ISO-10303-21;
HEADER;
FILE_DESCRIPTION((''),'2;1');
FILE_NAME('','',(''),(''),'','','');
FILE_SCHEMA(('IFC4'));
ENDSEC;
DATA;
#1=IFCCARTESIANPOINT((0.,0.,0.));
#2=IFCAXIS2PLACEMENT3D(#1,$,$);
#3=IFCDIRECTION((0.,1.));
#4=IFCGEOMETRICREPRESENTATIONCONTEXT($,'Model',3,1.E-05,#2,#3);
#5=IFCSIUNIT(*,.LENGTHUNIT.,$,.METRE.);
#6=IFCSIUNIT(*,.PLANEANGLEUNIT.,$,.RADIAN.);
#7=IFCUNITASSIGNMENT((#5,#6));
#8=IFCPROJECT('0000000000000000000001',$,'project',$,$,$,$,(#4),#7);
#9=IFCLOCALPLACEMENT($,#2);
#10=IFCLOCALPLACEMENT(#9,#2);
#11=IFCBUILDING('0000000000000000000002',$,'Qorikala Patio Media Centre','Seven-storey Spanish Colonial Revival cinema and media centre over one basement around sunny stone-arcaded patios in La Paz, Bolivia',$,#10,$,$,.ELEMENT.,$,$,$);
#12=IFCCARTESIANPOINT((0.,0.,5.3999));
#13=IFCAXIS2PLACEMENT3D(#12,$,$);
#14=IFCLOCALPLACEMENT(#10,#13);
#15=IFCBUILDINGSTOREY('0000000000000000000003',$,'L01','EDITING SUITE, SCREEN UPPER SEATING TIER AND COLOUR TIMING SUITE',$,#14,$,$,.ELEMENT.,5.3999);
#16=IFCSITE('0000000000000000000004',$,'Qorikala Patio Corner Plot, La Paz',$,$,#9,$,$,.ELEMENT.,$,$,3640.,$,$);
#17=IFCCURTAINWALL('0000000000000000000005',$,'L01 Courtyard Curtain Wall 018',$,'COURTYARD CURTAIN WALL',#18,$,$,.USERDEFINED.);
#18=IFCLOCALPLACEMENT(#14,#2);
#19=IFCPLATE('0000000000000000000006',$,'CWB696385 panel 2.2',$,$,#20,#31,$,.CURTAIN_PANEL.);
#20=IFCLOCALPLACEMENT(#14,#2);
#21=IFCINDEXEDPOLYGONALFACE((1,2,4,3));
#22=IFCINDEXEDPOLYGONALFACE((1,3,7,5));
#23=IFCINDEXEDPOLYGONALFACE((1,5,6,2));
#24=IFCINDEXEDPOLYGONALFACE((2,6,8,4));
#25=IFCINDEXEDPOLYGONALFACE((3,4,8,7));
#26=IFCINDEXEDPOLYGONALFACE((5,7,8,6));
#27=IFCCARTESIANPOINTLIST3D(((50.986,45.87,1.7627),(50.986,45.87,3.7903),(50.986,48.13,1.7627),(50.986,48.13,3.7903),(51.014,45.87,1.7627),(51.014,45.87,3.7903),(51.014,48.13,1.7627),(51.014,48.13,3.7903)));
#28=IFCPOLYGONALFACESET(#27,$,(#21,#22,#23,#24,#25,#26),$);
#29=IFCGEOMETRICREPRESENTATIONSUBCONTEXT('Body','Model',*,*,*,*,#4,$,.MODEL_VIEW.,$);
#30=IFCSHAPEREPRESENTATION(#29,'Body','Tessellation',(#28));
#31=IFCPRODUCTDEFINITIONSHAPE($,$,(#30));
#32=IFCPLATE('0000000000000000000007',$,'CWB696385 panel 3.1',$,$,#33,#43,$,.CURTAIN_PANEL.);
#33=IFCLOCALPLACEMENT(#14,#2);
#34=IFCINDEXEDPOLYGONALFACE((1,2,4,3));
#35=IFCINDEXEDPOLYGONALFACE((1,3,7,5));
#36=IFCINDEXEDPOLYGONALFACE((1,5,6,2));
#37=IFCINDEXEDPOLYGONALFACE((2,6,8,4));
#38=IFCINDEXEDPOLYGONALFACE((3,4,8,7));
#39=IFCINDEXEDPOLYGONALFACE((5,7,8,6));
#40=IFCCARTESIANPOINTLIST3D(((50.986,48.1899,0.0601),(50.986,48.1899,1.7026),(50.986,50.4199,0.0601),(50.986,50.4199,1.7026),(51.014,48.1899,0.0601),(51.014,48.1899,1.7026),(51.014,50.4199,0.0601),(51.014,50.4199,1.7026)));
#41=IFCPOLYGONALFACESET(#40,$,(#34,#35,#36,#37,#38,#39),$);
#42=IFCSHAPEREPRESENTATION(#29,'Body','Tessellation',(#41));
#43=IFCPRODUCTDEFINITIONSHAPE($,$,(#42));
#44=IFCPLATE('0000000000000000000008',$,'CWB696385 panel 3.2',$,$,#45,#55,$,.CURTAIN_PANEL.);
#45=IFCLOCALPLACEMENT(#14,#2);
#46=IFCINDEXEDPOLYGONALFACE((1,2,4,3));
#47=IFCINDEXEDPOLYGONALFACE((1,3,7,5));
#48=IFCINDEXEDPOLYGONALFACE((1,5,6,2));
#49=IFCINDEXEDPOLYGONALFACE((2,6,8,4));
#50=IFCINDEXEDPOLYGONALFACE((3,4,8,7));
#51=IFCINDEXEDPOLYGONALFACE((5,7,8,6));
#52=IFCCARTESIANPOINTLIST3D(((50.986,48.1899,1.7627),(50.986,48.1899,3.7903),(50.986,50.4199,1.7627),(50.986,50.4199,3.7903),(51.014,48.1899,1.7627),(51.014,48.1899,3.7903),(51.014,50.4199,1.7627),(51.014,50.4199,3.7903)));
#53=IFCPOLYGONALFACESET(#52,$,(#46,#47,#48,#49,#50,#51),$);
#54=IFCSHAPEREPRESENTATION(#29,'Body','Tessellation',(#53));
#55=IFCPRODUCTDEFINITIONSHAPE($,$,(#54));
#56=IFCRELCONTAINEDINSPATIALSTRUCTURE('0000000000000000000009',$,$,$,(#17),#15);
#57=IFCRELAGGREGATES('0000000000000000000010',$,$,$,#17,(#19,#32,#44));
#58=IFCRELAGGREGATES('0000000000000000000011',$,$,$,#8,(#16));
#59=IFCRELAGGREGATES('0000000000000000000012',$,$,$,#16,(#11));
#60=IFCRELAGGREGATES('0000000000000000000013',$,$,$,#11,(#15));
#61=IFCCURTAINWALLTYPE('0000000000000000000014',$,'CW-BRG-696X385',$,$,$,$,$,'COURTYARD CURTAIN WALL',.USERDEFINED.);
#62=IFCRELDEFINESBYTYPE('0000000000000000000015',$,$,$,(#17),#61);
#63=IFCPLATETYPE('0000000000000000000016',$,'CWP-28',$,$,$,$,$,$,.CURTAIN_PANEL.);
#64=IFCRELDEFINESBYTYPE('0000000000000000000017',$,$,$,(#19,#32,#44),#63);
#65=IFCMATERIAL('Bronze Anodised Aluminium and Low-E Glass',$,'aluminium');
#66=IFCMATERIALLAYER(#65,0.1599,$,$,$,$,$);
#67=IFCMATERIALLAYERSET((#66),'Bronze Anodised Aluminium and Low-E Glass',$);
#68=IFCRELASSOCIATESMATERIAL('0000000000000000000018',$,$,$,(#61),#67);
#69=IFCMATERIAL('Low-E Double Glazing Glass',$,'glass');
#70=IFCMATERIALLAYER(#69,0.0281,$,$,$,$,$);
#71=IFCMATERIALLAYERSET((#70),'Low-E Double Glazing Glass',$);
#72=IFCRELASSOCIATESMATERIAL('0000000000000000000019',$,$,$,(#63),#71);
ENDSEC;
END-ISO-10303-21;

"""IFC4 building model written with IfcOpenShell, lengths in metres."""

from ifc_helpers import new_model, si_unit, direction, frame, origin, origin_2d, place, context, subcontext, project, spatial, rectangle, extrude, material, layer, layer_set, type_object, element, aggregate, save


model = new_model("IFC4")

# Units and contexts
model_context = context("Model", 3, precision=1e-05, world=origin(), true_north=direction((0.0, 1.0)))
body_context = subcontext(model_context, "Body", "Model", "MODEL_VIEW")
ifc_project = project(units=[si_unit("LENGTHUNIT", "METRE"), si_unit("PLANEANGLEUNIT", "RADIAN")], contexts=[model_context])

# Site, building, storey
site_placement = place(None, origin())
site = spatial("IfcSite", under=ifc_project, at=site_placement, Name="Qorikala Patio Corner Plot, La Paz", CompositionType="ELEMENT", RefElevation=3640.0)
building_placement = place(site_placement, origin())
building = spatial("IfcBuilding", under=site, at=building_placement, Name="Qorikala Patio Media Centre", Description="Seven-storey Spanish Colonial Revival cinema and media centre over one basement around sunny stone-arcaded patios in La Paz, Bolivia", CompositionType="ELEMENT")
storey_placement = place(building_placement, frame((0.0, 0.0, 5.3999)))
storey = spatial("IfcBuildingStorey", under=building, at=storey_placement, Name="L01", Description="EDITING SUITE, SCREEN UPPER SEATING TIER AND COLOUR TIMING SUITE", CompositionType="ELEMENT", Elevation=5.3999)

# Curtain wall
ifc_material_1 = material(Name="Bronze Anodised Aluminium and Low-E Glass", Category="aluminium")
ifc_layer_1 = layer(ifc_material_1, 0.1599)
ifc_layer_set_1 = layer_set([ifc_layer_1], Name="Bronze Anodised Aluminium and Low-E Glass")
curtain_wall_type = type_object("IfcCurtainWallType", Name="CW-BRG-696X385", ElementType="COURTYARD CURTAIN WALL", PredefinedType="USERDEFINED", material=ifc_layer_set_1)
curtain_wall_1_placement = place(storey_placement, origin())
curtain_wall_1 = element("IfcCurtainWall", 1, at=curtain_wall_1_placement, inside=storey, type_object=curtain_wall_type, Name="L01 Courtyard Curtain Wall 018", ObjectType="COURTYARD CURTAIN WALL", PredefinedType="USERDEFINED")

# Plates
ifc_material_2 = material(Name="Low-E Double Glazing Glass", Category="glass")
ifc_layer_2 = layer(ifc_material_2, 0.0281)
ifc_layer_set_2 = layer_set([ifc_layer_2], Name="Low-E Double Glazing Glass")
plate_type = type_object("IfcPlateType", Name="CWP-28", PredefinedType="CURTAIN_PANEL", material=ifc_layer_set_2)
plate_1_placement = place(storey_placement, frame((51.0, 47.0, 1.7627), z_axis=(0.0, 0.0, 1.0), x_axis=(0.0, 1.0, 0.0)))
plate_1 = element("IfcPlate", 2, at=plate_1_placement, type_object=plate_type, Name="CWB696385 panel 2.2", PredefinedType="CURTAIN_PANEL", context=body_context, shape_type="SweptSolid", body=[
    extrude(rectangle(XDim=2.26, YDim=0.0281, at=origin_2d()), origin(), (0.0, 0.0, 1.0), 2.0276),
])
plate_2_placement = place(storey_placement, frame((51.0, 49.3049, 0.0601), z_axis=(0.0, 0.0, 1.0), x_axis=(0.0, 1.0, 0.0)))
plate_2 = element("IfcPlate", 3, at=plate_2_placement, type_object=plate_type, Name="CWB696385 panel 3.1", PredefinedType="CURTAIN_PANEL", context=body_context, shape_type="SweptSolid", body=[
    extrude(rectangle(XDim=2.23, YDim=0.0281, at=origin_2d()), origin(), (0.0, 0.0, 1.0), 1.6426),
])
plate_3_placement = place(storey_placement, frame((51.0, 49.3049, 1.7627), z_axis=(0.0, 0.0, 1.0), x_axis=(0.0, 1.0, 0.0)))
plate_3 = element("IfcPlate", 4, at=plate_3_placement, type_object=plate_type, Name="CWB696385 panel 3.2", PredefinedType="CURTAIN_PANEL", context=body_context, shape_type="SweptSolid", body=[
    extrude(rectangle(XDim=2.23, YDim=0.0281, at=origin_2d()), origin(), (0.0, 0.0, 1.0), 2.0276),
])
aggregate(curtain_wall_1, [plate_1, plate_2, plate_3])

save(model, "model.ifc")
